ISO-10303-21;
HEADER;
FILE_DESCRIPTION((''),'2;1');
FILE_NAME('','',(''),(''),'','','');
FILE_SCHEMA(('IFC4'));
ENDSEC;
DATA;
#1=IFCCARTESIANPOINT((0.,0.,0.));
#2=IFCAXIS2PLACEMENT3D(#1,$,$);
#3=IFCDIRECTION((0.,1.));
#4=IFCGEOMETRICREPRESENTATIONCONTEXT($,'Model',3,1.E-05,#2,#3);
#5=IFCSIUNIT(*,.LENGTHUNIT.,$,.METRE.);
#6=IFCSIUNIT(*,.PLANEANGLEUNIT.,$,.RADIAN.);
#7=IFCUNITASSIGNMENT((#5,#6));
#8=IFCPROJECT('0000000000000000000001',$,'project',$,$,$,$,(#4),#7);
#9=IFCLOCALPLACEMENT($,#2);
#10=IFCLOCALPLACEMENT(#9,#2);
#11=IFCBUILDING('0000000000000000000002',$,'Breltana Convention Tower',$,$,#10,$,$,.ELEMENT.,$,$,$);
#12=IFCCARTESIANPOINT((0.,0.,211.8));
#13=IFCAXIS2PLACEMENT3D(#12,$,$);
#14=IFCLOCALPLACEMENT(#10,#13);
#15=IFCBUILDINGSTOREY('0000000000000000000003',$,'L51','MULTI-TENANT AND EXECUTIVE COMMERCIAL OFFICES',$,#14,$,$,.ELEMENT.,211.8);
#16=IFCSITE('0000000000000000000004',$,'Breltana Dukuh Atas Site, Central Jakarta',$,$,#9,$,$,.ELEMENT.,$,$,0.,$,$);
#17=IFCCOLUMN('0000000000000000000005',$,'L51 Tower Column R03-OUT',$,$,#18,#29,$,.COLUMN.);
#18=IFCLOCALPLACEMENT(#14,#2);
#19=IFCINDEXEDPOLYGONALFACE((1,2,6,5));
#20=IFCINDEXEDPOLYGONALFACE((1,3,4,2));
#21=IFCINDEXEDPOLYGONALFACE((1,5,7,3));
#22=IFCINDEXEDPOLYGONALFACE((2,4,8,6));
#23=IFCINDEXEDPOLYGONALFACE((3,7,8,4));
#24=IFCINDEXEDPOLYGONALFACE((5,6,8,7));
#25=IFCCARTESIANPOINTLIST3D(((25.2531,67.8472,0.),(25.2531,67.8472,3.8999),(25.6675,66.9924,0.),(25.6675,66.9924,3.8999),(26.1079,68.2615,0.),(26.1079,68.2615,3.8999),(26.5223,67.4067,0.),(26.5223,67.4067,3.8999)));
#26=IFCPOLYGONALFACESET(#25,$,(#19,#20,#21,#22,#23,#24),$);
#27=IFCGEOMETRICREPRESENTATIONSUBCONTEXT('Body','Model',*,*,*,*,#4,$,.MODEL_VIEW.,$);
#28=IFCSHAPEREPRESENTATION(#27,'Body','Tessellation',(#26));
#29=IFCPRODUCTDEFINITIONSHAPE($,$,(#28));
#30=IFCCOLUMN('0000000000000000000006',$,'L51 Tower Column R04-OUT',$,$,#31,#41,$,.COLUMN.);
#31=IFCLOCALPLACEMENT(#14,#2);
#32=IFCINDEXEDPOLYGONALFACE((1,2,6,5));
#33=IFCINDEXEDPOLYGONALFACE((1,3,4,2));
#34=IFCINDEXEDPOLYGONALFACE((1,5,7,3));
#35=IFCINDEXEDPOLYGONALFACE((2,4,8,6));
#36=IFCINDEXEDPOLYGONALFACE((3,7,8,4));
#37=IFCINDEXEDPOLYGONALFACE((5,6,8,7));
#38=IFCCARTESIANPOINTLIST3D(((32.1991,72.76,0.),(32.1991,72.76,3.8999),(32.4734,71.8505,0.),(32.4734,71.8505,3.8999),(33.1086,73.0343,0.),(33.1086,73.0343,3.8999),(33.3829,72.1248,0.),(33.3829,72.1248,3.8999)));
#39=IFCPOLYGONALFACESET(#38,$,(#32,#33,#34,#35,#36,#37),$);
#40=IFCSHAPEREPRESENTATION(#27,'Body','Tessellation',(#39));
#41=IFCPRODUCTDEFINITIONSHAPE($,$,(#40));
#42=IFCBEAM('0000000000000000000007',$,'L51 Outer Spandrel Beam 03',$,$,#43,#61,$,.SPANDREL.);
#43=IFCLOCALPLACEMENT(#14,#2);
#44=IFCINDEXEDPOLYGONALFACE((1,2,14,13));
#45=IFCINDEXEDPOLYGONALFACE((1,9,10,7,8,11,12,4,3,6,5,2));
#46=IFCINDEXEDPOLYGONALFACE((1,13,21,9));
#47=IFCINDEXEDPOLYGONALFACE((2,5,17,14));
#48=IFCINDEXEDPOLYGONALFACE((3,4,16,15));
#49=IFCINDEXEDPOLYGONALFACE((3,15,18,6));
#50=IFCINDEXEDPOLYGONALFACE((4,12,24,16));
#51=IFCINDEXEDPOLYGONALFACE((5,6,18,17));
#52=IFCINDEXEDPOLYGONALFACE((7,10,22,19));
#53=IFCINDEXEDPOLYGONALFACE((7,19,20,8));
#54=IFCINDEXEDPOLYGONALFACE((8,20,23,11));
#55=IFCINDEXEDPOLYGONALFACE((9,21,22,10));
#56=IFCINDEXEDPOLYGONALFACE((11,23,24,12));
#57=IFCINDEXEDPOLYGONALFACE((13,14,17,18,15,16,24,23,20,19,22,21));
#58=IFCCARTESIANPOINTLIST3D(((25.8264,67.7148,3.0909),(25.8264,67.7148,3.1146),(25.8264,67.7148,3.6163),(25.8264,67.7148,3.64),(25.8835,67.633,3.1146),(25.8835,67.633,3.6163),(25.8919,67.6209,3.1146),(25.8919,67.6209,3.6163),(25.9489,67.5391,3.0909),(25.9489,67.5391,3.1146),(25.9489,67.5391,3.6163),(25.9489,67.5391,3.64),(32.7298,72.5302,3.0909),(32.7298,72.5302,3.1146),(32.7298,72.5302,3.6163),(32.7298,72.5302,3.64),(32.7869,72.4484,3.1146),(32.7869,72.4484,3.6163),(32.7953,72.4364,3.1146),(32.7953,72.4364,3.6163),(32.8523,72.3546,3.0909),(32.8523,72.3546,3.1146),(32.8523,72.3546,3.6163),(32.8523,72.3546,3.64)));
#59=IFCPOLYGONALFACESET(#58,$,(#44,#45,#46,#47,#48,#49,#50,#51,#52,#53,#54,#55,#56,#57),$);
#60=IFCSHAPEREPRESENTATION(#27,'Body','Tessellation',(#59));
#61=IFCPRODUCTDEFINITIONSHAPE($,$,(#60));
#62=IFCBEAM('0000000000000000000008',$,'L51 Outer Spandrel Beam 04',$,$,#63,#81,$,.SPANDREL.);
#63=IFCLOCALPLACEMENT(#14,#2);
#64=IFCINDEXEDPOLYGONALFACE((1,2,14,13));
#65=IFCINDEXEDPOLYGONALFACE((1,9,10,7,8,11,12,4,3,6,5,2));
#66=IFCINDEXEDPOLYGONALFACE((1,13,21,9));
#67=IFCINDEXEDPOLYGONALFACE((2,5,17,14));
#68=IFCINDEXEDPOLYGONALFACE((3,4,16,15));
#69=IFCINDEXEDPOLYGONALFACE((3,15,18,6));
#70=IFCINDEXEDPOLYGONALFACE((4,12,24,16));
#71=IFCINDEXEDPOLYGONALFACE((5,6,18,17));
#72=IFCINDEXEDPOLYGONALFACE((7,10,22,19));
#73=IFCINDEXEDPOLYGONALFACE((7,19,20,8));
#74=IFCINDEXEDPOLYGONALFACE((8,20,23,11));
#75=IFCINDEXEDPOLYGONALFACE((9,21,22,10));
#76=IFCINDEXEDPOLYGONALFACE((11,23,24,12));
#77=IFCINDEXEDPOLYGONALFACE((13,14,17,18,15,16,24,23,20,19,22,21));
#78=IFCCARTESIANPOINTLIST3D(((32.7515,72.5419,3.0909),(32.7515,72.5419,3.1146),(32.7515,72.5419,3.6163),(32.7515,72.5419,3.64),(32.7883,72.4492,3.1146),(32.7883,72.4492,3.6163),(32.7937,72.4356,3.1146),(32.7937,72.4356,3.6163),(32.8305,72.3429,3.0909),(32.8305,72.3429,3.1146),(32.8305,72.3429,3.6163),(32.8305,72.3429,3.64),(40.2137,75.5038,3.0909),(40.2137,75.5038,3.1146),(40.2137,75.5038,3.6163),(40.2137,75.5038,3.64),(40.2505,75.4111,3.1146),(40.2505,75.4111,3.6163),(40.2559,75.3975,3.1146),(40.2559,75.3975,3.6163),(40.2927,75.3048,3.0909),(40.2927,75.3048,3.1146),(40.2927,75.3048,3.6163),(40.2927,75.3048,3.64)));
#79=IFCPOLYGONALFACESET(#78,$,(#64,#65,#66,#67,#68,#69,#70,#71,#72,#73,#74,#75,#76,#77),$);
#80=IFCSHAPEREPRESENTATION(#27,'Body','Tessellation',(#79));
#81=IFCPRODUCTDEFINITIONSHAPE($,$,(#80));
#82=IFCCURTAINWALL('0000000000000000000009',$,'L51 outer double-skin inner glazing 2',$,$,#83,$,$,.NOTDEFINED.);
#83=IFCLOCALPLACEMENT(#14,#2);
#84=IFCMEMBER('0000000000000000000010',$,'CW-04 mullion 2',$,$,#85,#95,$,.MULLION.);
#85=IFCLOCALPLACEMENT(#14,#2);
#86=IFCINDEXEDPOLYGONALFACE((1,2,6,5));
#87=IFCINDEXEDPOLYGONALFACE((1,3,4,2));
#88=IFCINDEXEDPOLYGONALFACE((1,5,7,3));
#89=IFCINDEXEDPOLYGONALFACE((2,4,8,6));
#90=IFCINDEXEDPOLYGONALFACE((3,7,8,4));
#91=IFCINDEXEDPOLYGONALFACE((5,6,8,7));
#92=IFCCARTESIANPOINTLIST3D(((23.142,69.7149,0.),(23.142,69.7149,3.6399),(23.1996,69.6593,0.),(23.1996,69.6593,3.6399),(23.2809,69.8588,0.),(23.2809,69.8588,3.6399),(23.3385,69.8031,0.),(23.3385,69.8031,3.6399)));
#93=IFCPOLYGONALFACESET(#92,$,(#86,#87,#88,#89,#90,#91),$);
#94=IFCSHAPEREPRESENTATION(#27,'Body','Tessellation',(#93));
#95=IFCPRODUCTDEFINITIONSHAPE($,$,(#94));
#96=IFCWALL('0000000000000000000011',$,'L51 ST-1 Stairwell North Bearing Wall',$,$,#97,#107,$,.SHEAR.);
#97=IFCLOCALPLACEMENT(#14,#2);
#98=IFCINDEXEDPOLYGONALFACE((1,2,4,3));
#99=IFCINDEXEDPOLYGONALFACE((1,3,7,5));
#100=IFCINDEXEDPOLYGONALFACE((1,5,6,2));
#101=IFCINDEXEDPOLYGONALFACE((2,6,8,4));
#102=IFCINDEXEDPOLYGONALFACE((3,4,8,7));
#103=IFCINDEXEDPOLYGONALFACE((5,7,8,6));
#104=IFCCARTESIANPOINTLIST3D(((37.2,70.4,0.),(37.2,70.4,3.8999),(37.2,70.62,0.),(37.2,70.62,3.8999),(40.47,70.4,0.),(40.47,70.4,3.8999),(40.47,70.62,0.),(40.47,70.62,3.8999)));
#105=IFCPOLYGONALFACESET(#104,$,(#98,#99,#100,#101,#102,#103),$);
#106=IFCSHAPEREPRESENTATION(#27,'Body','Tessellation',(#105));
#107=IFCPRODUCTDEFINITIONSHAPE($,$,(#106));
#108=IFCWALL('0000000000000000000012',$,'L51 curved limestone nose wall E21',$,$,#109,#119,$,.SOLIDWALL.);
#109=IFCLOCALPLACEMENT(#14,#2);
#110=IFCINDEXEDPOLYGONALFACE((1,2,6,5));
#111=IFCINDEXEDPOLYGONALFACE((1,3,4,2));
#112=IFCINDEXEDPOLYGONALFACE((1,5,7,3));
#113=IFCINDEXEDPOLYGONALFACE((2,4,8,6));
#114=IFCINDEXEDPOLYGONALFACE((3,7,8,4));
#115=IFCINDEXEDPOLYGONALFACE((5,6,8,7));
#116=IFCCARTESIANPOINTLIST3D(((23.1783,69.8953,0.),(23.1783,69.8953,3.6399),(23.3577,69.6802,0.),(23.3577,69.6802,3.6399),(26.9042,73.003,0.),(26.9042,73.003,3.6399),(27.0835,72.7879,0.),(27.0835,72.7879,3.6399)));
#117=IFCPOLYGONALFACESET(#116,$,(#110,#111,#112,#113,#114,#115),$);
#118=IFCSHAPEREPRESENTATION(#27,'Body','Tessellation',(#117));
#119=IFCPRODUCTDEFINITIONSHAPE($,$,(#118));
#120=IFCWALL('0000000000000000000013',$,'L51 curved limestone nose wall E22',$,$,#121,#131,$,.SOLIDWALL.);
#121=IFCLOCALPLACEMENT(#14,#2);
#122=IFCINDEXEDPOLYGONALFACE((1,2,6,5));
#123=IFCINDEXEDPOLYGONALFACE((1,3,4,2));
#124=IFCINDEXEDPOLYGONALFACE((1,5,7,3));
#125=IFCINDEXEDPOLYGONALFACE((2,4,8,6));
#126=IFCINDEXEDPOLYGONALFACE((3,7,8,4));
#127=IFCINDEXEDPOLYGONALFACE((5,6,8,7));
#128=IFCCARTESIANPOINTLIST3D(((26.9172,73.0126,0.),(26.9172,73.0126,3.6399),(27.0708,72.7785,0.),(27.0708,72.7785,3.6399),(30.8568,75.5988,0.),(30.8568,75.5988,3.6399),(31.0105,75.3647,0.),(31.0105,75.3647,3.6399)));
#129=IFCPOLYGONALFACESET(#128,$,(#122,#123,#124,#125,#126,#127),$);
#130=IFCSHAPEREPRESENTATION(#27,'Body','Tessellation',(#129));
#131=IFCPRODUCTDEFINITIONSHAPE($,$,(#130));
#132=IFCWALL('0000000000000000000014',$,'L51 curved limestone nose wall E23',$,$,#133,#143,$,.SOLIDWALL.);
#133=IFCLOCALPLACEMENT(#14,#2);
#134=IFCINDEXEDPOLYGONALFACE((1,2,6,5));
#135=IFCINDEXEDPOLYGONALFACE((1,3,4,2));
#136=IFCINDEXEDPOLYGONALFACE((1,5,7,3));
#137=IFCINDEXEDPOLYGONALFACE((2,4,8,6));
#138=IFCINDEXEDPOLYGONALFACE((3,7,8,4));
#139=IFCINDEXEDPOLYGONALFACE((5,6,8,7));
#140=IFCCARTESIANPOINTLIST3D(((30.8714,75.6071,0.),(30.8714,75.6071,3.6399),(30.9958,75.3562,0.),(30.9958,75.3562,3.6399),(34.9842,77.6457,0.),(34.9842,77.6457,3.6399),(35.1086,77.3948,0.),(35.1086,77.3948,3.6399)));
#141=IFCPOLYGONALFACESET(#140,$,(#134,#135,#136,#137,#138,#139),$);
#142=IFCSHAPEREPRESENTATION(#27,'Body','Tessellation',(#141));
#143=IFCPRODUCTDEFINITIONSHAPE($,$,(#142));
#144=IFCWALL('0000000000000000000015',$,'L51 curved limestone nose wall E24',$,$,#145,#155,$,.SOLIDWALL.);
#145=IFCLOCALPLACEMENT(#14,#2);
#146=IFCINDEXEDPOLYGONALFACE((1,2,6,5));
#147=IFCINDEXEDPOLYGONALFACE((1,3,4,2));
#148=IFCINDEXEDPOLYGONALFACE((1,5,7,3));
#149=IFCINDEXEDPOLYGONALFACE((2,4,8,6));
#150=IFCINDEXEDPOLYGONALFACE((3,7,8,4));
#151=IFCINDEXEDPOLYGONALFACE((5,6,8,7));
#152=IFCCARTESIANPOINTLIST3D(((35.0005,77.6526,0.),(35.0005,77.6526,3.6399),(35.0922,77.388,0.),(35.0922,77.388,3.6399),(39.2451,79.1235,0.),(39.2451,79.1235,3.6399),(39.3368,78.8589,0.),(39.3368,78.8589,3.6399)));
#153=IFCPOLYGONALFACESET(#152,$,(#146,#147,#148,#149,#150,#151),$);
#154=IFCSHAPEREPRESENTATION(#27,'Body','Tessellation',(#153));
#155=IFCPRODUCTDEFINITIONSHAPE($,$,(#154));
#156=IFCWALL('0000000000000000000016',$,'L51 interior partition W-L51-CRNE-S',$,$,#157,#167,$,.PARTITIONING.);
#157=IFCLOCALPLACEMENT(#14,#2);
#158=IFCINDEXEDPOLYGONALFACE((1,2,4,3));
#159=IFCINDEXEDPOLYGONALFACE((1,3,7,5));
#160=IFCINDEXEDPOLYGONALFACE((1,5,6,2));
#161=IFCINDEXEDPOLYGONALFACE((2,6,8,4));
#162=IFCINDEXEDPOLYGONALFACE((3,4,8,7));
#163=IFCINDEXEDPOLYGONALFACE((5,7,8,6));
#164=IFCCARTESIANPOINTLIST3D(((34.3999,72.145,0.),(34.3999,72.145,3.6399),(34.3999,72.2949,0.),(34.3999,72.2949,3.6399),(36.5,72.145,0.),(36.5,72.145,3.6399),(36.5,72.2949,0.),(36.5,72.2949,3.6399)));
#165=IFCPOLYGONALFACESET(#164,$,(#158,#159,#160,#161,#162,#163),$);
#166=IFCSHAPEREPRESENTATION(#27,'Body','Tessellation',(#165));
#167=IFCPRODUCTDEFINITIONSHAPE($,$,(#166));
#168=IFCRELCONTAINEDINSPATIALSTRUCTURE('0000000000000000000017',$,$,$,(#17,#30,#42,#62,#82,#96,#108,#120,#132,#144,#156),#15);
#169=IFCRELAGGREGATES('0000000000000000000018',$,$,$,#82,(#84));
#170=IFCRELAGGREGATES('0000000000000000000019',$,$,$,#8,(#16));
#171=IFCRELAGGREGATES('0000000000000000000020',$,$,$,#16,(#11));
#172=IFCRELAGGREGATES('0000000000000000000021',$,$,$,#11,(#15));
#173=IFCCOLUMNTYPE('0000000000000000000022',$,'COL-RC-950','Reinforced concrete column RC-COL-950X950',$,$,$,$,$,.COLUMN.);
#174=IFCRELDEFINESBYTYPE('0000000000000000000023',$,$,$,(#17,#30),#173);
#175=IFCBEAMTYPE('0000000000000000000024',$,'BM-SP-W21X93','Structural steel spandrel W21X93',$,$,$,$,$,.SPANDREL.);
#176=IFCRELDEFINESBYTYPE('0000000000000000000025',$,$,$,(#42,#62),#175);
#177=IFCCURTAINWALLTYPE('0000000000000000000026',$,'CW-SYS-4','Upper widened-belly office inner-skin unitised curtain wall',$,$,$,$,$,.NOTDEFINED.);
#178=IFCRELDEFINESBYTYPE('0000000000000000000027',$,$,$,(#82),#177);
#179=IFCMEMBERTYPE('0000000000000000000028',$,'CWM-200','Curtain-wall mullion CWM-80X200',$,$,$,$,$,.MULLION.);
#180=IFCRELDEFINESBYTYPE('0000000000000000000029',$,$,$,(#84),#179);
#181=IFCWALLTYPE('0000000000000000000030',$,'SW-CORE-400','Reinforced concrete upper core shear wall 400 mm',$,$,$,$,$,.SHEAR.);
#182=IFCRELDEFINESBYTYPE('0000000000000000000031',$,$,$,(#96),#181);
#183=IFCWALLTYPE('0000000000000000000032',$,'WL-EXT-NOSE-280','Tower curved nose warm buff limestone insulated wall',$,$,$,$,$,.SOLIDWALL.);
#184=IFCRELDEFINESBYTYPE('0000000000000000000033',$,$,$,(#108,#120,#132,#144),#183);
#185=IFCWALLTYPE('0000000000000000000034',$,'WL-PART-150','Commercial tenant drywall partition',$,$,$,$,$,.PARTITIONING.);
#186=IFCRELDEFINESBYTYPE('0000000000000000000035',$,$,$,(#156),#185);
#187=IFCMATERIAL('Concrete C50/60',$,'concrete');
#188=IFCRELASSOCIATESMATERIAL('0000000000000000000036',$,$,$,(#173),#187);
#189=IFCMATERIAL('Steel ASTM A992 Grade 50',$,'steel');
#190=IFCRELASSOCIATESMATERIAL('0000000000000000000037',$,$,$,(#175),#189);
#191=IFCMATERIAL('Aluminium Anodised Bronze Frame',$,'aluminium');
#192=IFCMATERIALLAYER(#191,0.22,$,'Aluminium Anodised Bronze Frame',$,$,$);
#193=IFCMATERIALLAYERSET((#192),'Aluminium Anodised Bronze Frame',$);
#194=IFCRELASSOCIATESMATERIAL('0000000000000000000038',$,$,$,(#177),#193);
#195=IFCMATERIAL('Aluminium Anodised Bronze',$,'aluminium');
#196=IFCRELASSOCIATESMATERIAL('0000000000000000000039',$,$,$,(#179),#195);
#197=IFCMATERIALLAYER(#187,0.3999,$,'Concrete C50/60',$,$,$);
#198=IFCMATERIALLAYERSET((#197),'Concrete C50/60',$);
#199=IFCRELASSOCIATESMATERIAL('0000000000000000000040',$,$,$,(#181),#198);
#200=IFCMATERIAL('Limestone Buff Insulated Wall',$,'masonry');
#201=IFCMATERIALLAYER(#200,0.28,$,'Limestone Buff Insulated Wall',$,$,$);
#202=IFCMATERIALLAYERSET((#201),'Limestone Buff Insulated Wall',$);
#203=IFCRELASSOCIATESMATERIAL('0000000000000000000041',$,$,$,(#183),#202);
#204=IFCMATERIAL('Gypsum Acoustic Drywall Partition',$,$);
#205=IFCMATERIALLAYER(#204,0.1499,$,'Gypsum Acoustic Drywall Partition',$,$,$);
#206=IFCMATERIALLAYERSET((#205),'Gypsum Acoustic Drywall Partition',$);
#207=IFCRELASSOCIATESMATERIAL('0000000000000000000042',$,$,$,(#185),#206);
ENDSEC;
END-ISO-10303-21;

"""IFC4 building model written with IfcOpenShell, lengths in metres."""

from ifc_helpers import new_model, si_unit, direction, frame, frame_2d, origin, origin_2d, place, context, subcontext, project, spatial, rectangle, i_section, extrude, source, transform, mapped, material, layer, layer_set, material_profile, profile_set, type_object, element, aggregate, save


model = new_model("IFC4")

# Units and contexts
model_context = context("Model", 3, precision=1e-05, world=origin(), true_north=direction((0.0, 1.0)))
body_context = subcontext(model_context, "Body", "Model", "MODEL_VIEW")
ifc_project = project(units=[si_unit("LENGTHUNIT", "METRE"), si_unit("PLANEANGLEUNIT", "RADIAN")], contexts=[model_context])

# Site, building, storey
site_placement = place(None, origin())
site = spatial("IfcSite", under=ifc_project, at=site_placement, Name="Breltana Dukuh Atas Site, Central Jakarta", CompositionType="ELEMENT", RefElevation=0.0)
building_placement = place(site_placement, origin())
building = spatial("IfcBuilding", under=site, at=building_placement, Name="Breltana Convention Tower", CompositionType="ELEMENT")
storey_placement = place(building_placement, frame((0.0, 0.0, 211.8)))
storey = spatial("IfcBuildingStorey", under=building, at=storey_placement, Name="L51", Description="MULTI-TENANT AND EXECUTIVE COMMERCIAL OFFICES", CompositionType="ELEMENT", Elevation=211.8)

# Columns
ifc_material_1 = material(Name="Concrete C50/60", Category="concrete")
ifc_material_profile_1 = material_profile(ifc_material_1, rectangle(XDim=0.95, YDim=0.95, at=origin_2d()), Name="RC-COL-950X950")
ifc_profile_set_1 = profile_set([ifc_material_profile_1], Name="Concrete C50/60")
column_type = type_object("IfcColumnType", Name="COL-RC-950", Description="Reinforced concrete column RC-COL-950X950", PredefinedType="COLUMN", material=ifc_profile_set_1)
shared_shape_1 = source(origin(), body_context, "Body", "SweptSolid", [
    extrude(rectangle(XDim=0.95, YDim=0.95, at=origin_2d()), origin(), (0.0, 0.0, 1.0), 3.8999),
])
for number, where, z_axis, x_axis, name in (
    (1, (25.8877, 67.627, 0.0), (0.0, 0.0, 1.0), (-0.436174, 0.899863, 0.0), "L51 Tower Column R03-OUT"),
    (2, (32.791, 72.4424, 0.0), (0.0, 0.0, 1.0), (-0.288698, 0.95742, 0.0), "L51 Tower Column R04-OUT"),
):
    element("IfcColumn", number, at=place(storey_placement, frame(where, z_axis=z_axis, x_axis=x_axis)), inside=storey, type_object=column_type, Name=name, PredefinedType="COLUMN", context=body_context, shape_type="MappedRepresentation", body=[
        mapped(shared_shape_1, transform((0.0, 0.0, 0.0), scale=1.0)),
    ])

# Beams
ifc_material_2 = material(Name="Steel ASTM A992 Grade 50", Category="steel")
ifc_material_profile_2 = material_profile(ifc_material_2, i_section(OverallWidth=0.2141, OverallDepth=0.5491, WebThickness=0.0146, FlangeThickness=0.0237, at=origin_2d()), Name="W21X93")
ifc_profile_set_2 = profile_set([ifc_material_profile_2], Name="Steel ASTM A992 Grade 50")
beam_type = type_object("IfcBeamType", Name="BM-SP-W21X93", Description="Structural steel spandrel W21X93", PredefinedType="SPANDREL", material=ifc_profile_set_2)
shared_shape_2 = source(origin(), body_context, "Body", "SweptSolid", [
    extrude(i_section(OverallWidth=0.2141, OverallDepth=0.5491, WebThickness=0.0146, FlangeThickness=0.0237, at=origin_2d()), origin(), (0.0, 0.0, 1.0), 8.417),
])
beam_1_placement = place(storey_placement, frame((25.8877, 67.627, 3.3655), z_axis=(0.820174, 0.572114, 0.0), x_axis=(-0.572114, 0.820174, 0.0)))
element("IfcBeam", 3, at=beam_1_placement, inside=storey, type_object=beam_type, Name="L51 Outer Spandrel Beam 03", PredefinedType="SPANDREL", context=body_context, shape_type="MappedRepresentation", body=[
    mapped(shared_shape_2, transform((0.0, 0.0, 0.0), scale=1.0)),
])
shared_shape_3 = source(origin(), body_context, "Body", "SweptSolid", [
    extrude(i_section(OverallWidth=0.2141, OverallDepth=0.5491, WebThickness=0.0146, FlangeThickness=0.0237, at=origin_2d()), origin(), (0.0, 0.0, 1.0), 8.0286),
])
beam_2_placement = place(storey_placement, frame((32.791, 72.4424, 3.3655), z_axis=(0.929459, 0.368925, 0.0), x_axis=(-0.368925, 0.929459, 0.0)))
element("IfcBeam", 4, at=beam_2_placement, inside=storey, type_object=beam_type, Name="L51 Outer Spandrel Beam 04", PredefinedType="SPANDREL", context=body_context, shape_type="MappedRepresentation", body=[
    mapped(shared_shape_3, transform((0.0, 0.0, 0.0), scale=1.0)),
])

# Curtain wall, member
ifc_material_3 = material(Name="Aluminium Anodised Bronze Frame", Category="aluminium")
ifc_layer_1 = layer(ifc_material_3, 0.22, Name="Aluminium Anodised Bronze Frame")
ifc_layer_set_1 = layer_set([ifc_layer_1], Name="Aluminium Anodised Bronze Frame")
curtain_wall_type = type_object("IfcCurtainWallType", Name="CW-SYS-4", Description="Upper widened-belly office inner-skin unitised curtain wall", PredefinedType="NOTDEFINED", material=ifc_layer_set_1)
curtain_wall_placement = place(storey_placement, origin())
curtain_wall = element("IfcCurtainWall", 5, at=curtain_wall_placement, inside=storey, type_object=curtain_wall_type, Name="L51 outer double-skin inner glazing 2", PredefinedType="NOTDEFINED")
ifc_material_4 = material(Name="Aluminium Anodised Bronze", Category="aluminium")
ifc_material_profile_3 = material_profile(ifc_material_4, rectangle(XDim=0.0801, YDim=0.2, at=origin_2d()), Name="CWM-80X200")
ifc_profile_set_3 = profile_set([ifc_material_profile_3], Name="Aluminium Anodised Bronze")
member_type = type_object("IfcMemberType", Name="CWM-200", Description="Curtain-wall mullion CWM-80X200", PredefinedType="MULLION", material=ifc_profile_set_3)
shared_shape_4 = source(origin(), body_context, "Body", "SweptSolid", [
    extrude(rectangle(XDim=0.0801, YDim=0.2, at=origin_2d()), origin(), (0.0, 0.0, 1.0), 3.6399),
])
member_placement = place(storey_placement, frame((23.2402, 69.759, 0.0), z_axis=(0.0, 0.0, 1.0), x_axis=(-0.719396, 0.6946, 0.0)))
member = element("IfcMember", 6, at=member_placement, type_object=member_type, Name="CW-04 mullion 2", PredefinedType="MULLION", context=body_context, shape_type="MappedRepresentation", body=[
    mapped(shared_shape_4, transform((0.0, 0.0, 0.0), scale=1.0)),
])
aggregate(curtain_wall, [member])

# Wall
ifc_layer_2 = layer(ifc_material_1, 0.3999, Name="Concrete C50/60")
ifc_layer_set_2 = layer_set([ifc_layer_2], Name="Concrete C50/60")
wall_type_1 = type_object("IfcWallType", Name="SW-CORE-400", Description="Reinforced concrete upper core shear wall 400 mm", PredefinedType="SHEAR", material=ifc_layer_set_2)
shared_shape_5 = source(origin(), body_context, "Body", "SweptSolid", [
    extrude(rectangle(XDim=3.27, YDim=0.22, at=frame_2d((1.635, 0.0))), origin(), (0.0, 0.0, 1.0), 3.8999),
])
wall_1_placement = place(storey_placement, frame((37.2, 70.51, 0.0), z_axis=(0.0, 0.0, 1.0), x_axis=(1.0, 0.0, 0.0)))
element("IfcWall", 7, at=wall_1_placement, inside=storey, type_object=wall_type_1, Name="L51 ST-1 Stairwell North Bearing Wall", PredefinedType="SHEAR", context=body_context, shape_type="MappedRepresentation", body=[
    mapped(shared_shape_5, transform((0.0, 0.0, 0.0), scale=1.0)),
])

# Walls
ifc_material_5 = material(Name="Limestone Buff Insulated Wall", Category="masonry")
ifc_layer_3 = layer(ifc_material_5, 0.28, Name="Limestone Buff Insulated Wall")
ifc_layer_set_3 = layer_set([ifc_layer_3], Name="Limestone Buff Insulated Wall")
wall_type_2 = type_object("IfcWallType", Name="WL-EXT-NOSE-280", Description="Tower curved nose warm buff limestone insulated wall", PredefinedType="SOLIDWALL", material=ifc_layer_set_3)
shared_shape_6 = source(origin(), body_context, "Body", "SweptSolid", [
    extrude(rectangle(XDim=4.8518, YDim=0.28, at=frame_2d((2.4258, 0.0))), origin(), (0.0, 0.0, 1.0), 3.6399),
])
wall_2_placement = place(storey_placement, frame((23.2681, 69.7878, 0.0), z_axis=(0.0, 0.0, 1.0), x_axis=(0.767937, 0.640526, 0.0)))
element("IfcWall", 8, at=wall_2_placement, inside=storey, type_object=wall_type_2, Name="L51 curved limestone nose wall E21", PredefinedType="SOLIDWALL", context=body_context, shape_type="MappedRepresentation", body=[
    mapped(shared_shape_6, transform((0.0, 0.0, 0.0), scale=1.0)),
])
shared_shape_7 = source(origin(), body_context, "Body", "SweptSolid", [
    extrude(rectangle(XDim=4.7126, YDim=0.28, at=frame_2d((2.3564, 0.0))), origin(), (0.0, 0.0, 1.0), 3.6399),
])
wall_3_placement = place(storey_placement, frame((26.9939, 72.8955, 0.0), z_axis=(0.0, 0.0, 1.0), x_axis=(0.835974, 0.548768, 0.0)))
element("IfcWall", 9, at=wall_3_placement, inside=storey, type_object=wall_type_2, Name="L51 curved limestone nose wall E22", PredefinedType="SOLIDWALL", context=body_context, shape_type="MappedRepresentation", body=[
    mapped(shared_shape_7, transform((0.0, 0.0, 0.0), scale=1.0)),
])
shared_shape_8 = source(origin(), body_context, "Body", "SweptSolid", [
    extrude(rectangle(XDim=4.5903, YDim=0.28, at=frame_2d((2.2952, 0.0))), origin(), (0.0, 0.0, 1.0), 3.6399),
])
wall_4_placement = place(storey_placement, frame((30.9336, 75.4817, 0.0), z_axis=(0.0, 0.0, 1.0), x_axis=(0.895975, 0.444105, 0.0)))
element("IfcWall", 10, at=wall_4_placement, inside=storey, type_object=wall_type_2, Name="L51 curved limestone nose wall E23", PredefinedType="SOLIDWALL", context=body_context, shape_type="MappedRepresentation", body=[
    mapped(shared_shape_8, transform((0.0, 0.0, 0.0), scale=1.0)),
])
shared_shape_9 = source(origin(), body_context, "Body", "SweptSolid", [
    extrude(rectangle(XDim=4.4922, YDim=0.28, at=frame_2d((2.2461, 0.0))), origin(), (0.0, 0.0, 1.0), 3.6399),
])
wall_5_placement = place(storey_placement, frame((35.0464, 77.5203, 0.0), z_axis=(0.0, 0.0, 1.0), x_axis=(0.944872, 0.327439, 0.0)))
element("IfcWall", 11, at=wall_5_placement, inside=storey, type_object=wall_type_2, Name="L51 curved limestone nose wall E24", PredefinedType="SOLIDWALL", context=body_context, shape_type="MappedRepresentation", body=[
    mapped(shared_shape_9, transform((0.0, 0.0, 0.0), scale=1.0)),
])
ifc_material_6 = material(Name="Gypsum Acoustic Drywall Partition")
ifc_layer_4 = layer(ifc_material_6, 0.1499, Name="Gypsum Acoustic Drywall Partition")
ifc_layer_set_4 = layer_set([ifc_layer_4], Name="Gypsum Acoustic Drywall Partition")
wall_type_3 = type_object("IfcWallType", Name="WL-PART-150", Description="Commercial tenant drywall partition", PredefinedType="PARTITIONING", material=ifc_layer_set_4)
shared_shape_10 = source(origin(), body_context, "Body", "SweptSolid", [
    extrude(rectangle(XDim=2.1001, YDim=0.1499, at=frame_2d((1.05, 0.0))), origin(), (0.0, 0.0, 1.0), 3.6399),
])
wall_6_placement = place(storey_placement, frame((34.3999, 72.22, 0.0), z_axis=(0.0, 0.0, 1.0), x_axis=(1.0, 0.0, 0.0)))
element("IfcWall", 12, at=wall_6_placement, inside=storey, type_object=wall_type_3, Name="L51 interior partition W-L51-CRNE-S", PredefinedType="PARTITIONING", context=body_context, shape_type="MappedRepresentation", body=[
    mapped(shared_shape_10, transform((0.0, 0.0, 0.0), scale=1.0)),
])

save(model, "model.ifc")
